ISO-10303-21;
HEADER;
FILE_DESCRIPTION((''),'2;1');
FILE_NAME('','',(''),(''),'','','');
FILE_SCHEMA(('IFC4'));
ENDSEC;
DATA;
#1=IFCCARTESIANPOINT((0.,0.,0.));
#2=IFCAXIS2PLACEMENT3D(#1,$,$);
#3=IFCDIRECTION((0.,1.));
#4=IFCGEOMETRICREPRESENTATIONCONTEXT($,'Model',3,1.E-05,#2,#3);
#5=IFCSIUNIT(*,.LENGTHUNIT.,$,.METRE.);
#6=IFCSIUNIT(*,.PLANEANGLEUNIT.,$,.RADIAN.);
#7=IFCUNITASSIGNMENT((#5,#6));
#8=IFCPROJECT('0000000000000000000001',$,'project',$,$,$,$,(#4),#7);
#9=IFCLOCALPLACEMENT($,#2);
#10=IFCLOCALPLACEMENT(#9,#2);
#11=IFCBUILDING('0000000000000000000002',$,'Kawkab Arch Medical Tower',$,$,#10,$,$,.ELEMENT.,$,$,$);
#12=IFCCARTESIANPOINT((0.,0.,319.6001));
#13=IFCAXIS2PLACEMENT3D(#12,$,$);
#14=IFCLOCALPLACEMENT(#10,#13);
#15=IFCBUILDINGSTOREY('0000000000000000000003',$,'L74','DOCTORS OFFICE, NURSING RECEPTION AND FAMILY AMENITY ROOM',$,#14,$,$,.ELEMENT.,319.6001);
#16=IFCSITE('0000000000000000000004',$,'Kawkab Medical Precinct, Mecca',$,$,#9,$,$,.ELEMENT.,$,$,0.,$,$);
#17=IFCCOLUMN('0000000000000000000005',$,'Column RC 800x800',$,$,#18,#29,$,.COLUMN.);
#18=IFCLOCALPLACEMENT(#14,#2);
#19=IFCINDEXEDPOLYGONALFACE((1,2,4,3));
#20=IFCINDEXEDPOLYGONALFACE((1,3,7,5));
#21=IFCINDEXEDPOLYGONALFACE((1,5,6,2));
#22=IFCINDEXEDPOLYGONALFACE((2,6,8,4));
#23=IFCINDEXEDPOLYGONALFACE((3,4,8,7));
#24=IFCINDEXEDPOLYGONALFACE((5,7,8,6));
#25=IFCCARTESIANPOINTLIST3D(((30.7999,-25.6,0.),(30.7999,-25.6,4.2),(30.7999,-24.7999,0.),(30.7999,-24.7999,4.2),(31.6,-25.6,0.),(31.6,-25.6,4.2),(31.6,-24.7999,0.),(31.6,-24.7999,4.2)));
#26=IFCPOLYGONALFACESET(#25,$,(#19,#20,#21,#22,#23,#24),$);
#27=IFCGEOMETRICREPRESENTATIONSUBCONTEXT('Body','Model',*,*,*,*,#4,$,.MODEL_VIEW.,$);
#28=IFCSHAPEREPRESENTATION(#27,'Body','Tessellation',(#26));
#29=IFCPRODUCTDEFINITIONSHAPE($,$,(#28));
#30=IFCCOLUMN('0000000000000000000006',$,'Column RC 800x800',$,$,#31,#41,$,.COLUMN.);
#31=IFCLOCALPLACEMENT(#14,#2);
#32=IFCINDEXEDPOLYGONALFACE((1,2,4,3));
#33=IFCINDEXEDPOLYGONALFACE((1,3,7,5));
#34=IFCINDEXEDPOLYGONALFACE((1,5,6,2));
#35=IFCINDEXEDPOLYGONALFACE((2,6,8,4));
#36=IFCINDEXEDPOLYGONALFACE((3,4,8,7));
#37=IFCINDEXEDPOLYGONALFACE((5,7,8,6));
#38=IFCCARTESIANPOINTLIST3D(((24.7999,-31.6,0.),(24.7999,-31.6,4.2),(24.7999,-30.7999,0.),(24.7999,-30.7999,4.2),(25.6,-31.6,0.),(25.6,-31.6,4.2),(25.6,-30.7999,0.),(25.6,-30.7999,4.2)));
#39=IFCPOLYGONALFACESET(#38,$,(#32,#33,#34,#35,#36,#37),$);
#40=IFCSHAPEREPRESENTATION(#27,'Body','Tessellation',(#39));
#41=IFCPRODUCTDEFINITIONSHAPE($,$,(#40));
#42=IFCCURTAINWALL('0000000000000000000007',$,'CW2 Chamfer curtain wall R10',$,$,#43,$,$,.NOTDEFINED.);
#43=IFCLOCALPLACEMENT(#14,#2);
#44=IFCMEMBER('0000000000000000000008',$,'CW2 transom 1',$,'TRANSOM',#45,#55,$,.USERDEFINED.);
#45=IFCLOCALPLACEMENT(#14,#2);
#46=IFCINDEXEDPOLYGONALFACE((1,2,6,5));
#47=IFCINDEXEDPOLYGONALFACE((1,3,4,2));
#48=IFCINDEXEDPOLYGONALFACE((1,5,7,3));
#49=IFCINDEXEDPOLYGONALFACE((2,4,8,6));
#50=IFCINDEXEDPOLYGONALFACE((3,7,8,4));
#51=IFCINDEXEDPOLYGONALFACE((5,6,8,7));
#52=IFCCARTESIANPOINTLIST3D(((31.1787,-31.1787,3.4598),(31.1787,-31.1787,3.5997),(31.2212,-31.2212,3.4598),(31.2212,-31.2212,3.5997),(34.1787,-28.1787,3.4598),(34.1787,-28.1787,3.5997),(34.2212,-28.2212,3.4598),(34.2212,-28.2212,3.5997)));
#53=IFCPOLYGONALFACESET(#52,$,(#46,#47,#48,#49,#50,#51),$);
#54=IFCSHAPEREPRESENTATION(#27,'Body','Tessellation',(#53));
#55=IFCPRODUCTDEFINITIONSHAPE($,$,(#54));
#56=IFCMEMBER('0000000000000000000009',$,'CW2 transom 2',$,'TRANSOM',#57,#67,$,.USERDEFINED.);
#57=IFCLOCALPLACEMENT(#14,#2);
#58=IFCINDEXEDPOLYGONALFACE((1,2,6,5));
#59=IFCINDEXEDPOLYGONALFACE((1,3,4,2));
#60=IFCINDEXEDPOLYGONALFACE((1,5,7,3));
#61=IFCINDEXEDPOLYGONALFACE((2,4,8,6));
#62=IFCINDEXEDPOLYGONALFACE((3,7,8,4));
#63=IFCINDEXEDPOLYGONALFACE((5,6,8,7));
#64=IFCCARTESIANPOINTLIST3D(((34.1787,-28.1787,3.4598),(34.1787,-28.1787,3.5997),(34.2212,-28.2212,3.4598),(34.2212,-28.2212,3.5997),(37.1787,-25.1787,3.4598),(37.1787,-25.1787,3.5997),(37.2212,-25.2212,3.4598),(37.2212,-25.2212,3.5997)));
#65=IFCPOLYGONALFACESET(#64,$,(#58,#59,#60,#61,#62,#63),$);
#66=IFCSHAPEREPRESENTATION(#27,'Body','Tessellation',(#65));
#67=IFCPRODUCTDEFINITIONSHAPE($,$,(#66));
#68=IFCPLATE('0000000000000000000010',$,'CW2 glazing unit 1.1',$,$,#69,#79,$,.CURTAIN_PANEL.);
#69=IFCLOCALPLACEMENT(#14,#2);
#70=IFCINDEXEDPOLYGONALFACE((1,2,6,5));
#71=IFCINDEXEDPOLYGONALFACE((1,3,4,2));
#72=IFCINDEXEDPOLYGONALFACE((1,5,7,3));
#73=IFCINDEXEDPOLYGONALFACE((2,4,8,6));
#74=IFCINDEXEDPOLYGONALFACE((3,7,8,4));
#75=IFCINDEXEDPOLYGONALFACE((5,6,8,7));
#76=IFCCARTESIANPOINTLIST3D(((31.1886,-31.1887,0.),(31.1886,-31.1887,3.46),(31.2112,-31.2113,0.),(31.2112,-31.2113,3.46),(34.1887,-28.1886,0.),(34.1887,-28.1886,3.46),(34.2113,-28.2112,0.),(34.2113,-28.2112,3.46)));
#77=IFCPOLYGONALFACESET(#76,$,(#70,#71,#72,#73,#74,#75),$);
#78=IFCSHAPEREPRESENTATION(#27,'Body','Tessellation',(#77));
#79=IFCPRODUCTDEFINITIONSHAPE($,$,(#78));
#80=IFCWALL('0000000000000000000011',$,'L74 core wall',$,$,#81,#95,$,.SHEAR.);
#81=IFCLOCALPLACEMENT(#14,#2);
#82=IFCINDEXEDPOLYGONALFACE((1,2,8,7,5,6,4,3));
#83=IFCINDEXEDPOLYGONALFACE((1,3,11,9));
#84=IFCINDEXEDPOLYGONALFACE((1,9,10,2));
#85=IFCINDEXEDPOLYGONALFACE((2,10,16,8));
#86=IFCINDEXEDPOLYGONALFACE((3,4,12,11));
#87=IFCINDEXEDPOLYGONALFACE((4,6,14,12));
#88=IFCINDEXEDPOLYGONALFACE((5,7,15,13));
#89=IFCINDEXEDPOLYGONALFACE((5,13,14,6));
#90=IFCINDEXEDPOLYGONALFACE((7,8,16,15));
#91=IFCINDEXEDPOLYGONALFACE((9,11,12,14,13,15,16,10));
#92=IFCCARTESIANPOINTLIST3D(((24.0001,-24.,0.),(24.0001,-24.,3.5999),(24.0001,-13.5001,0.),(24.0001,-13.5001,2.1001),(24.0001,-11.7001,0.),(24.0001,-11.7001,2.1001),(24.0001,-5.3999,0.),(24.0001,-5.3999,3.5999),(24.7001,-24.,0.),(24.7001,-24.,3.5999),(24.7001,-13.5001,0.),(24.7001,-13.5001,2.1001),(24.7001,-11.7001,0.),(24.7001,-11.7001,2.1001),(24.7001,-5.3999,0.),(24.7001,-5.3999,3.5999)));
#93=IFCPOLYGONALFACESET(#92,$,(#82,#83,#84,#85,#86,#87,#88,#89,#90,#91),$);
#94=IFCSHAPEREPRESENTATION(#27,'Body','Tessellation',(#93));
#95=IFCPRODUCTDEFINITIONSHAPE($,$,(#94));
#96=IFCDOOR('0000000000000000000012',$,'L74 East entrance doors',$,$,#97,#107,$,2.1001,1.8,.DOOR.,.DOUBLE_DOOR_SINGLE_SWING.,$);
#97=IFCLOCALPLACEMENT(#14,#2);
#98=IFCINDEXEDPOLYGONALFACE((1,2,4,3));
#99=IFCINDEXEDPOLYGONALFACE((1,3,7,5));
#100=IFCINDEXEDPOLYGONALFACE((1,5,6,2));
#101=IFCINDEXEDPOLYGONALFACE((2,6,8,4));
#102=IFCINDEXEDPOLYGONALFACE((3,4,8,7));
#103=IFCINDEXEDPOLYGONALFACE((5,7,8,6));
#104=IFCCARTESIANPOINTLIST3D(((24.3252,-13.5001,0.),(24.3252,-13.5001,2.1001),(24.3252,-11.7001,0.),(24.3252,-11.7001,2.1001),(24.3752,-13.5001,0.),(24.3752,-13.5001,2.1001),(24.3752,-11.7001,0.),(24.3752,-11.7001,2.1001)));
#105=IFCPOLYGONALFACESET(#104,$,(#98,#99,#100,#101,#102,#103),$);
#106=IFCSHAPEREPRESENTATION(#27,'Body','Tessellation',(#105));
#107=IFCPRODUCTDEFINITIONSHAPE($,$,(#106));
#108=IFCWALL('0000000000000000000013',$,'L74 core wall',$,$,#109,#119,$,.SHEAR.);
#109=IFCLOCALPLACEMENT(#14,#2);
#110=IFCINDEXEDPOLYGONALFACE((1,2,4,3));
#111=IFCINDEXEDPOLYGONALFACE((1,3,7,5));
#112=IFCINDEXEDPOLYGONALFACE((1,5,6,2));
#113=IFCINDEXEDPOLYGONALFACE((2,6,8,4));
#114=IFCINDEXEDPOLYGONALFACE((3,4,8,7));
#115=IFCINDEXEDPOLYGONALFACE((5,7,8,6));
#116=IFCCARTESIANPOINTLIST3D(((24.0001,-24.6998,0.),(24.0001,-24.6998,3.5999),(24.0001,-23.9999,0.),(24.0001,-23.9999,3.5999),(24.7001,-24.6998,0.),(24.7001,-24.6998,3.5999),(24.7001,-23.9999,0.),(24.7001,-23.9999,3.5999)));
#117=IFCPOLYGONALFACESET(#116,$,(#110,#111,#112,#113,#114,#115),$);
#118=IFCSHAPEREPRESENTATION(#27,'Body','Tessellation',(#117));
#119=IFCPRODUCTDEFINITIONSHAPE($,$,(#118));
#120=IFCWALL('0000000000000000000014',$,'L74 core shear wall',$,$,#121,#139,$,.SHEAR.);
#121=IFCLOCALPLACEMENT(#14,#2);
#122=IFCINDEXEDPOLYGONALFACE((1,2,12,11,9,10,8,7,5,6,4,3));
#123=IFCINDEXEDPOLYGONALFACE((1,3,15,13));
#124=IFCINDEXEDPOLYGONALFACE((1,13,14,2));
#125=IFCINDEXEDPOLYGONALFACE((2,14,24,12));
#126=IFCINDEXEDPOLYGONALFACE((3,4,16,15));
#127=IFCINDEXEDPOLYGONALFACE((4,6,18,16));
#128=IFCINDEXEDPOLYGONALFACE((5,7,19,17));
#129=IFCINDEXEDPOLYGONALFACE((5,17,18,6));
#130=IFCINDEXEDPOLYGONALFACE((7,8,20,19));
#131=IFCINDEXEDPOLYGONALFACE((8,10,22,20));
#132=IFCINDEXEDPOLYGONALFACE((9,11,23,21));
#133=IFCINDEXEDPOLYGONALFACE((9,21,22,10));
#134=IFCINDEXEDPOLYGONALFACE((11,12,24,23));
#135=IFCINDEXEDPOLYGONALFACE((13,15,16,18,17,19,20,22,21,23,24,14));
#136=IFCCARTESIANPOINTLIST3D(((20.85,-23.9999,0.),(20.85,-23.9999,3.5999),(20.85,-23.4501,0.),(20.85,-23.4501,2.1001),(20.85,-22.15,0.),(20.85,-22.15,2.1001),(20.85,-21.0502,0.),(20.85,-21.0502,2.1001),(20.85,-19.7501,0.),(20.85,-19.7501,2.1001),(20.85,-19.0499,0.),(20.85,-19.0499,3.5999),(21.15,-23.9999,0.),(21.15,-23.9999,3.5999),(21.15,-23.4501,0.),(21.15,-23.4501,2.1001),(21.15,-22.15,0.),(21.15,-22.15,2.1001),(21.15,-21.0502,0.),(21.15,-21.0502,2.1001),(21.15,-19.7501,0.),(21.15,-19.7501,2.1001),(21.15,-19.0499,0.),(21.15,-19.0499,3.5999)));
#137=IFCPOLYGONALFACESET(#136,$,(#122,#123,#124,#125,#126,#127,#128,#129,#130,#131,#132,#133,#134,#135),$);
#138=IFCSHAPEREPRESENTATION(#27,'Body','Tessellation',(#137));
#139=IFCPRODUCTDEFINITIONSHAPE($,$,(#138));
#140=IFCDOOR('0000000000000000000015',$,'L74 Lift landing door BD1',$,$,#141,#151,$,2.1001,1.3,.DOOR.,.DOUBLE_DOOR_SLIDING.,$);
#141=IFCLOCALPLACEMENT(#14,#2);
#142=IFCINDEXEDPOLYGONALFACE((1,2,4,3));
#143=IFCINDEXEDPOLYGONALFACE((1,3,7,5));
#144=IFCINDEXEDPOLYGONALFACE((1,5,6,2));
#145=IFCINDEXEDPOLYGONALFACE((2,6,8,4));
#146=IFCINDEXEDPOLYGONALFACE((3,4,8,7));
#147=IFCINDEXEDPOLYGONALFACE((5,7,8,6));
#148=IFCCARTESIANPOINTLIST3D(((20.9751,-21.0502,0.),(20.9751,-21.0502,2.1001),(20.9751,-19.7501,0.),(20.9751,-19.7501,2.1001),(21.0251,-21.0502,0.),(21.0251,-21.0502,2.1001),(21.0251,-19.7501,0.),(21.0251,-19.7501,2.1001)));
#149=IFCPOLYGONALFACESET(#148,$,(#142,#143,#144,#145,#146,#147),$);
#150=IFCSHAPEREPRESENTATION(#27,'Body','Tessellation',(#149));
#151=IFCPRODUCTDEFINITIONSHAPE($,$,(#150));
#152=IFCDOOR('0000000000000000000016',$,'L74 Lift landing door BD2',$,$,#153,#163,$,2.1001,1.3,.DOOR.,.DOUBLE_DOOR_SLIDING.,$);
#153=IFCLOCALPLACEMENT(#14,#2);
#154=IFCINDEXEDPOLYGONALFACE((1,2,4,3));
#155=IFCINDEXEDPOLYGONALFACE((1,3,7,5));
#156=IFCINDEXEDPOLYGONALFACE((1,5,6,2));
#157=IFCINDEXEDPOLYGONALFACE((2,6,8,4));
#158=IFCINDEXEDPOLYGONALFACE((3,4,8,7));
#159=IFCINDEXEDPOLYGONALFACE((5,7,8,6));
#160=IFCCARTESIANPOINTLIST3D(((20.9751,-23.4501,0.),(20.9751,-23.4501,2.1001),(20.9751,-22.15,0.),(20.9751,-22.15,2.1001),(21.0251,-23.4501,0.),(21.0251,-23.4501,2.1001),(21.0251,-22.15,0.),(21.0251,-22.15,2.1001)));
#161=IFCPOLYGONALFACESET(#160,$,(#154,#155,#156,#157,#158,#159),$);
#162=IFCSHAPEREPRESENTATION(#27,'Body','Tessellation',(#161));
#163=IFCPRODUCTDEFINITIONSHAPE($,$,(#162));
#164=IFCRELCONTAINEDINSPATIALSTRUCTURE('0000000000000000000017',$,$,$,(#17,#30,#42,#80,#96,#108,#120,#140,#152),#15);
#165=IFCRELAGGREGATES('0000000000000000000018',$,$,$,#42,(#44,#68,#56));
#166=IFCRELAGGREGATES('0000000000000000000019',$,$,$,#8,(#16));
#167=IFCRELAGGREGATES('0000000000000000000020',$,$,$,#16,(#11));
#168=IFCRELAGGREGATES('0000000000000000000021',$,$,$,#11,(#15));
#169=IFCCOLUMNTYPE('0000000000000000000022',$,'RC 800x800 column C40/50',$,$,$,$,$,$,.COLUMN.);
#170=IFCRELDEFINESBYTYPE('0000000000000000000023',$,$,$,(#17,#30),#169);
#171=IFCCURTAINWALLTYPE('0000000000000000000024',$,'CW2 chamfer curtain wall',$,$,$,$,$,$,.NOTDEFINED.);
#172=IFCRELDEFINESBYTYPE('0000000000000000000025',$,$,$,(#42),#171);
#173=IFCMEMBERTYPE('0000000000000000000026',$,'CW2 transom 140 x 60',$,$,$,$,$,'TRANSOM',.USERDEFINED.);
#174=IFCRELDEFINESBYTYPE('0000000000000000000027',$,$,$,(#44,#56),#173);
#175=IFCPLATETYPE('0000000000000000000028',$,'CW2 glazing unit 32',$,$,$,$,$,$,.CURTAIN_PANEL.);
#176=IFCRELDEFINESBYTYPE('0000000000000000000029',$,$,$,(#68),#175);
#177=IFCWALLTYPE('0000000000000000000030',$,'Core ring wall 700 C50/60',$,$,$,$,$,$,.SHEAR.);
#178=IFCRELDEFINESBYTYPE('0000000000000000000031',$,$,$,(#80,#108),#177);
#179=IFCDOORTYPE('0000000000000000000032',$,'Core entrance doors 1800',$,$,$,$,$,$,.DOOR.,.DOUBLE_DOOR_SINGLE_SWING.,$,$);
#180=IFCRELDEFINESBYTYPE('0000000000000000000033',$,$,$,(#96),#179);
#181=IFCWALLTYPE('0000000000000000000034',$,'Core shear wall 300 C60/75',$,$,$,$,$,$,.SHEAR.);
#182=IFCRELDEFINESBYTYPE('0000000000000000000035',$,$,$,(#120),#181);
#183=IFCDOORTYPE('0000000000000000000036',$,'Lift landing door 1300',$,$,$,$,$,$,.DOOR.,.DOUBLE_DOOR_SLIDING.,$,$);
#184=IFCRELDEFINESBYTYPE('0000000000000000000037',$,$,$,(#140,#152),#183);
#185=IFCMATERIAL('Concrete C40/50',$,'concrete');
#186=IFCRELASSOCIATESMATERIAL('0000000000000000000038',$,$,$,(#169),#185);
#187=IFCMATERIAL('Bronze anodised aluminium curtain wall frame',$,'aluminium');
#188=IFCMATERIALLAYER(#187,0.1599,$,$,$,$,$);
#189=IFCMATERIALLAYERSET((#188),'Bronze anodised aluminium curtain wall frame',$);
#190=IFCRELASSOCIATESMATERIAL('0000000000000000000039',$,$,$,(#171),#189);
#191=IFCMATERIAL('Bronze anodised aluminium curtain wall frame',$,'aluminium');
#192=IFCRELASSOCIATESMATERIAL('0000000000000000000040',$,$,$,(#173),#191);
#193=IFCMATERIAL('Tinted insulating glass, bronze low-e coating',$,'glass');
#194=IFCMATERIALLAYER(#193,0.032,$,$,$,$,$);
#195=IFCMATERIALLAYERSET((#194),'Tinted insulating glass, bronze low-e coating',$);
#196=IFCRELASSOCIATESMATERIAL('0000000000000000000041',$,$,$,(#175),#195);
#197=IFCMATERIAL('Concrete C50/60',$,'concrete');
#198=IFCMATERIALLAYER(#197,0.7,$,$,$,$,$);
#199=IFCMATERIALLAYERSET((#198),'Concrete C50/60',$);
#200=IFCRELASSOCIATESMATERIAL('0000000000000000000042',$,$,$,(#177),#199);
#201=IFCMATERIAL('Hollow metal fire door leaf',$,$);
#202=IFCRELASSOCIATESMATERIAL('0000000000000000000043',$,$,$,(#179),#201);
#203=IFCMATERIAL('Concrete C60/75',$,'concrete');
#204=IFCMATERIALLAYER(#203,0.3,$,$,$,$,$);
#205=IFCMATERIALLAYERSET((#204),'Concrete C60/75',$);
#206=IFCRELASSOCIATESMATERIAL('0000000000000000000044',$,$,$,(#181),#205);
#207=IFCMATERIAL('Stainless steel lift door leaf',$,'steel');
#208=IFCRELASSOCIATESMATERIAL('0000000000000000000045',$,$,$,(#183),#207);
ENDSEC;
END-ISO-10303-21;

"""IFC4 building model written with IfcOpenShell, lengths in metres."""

from ifc_helpers import new_model, si_unit, direction, frame, frame_2d, origin, origin_2d, place, context, subcontext, project, spatial, rectangle, extrude, material, layer, layer_set, material_profile, profile_set, type_object, element, fill, aggregate, save


model = new_model("IFC4")

# Units and contexts
model_context = context("Model", 3, precision=1e-05, world=origin(), true_north=direction((0.0, 1.0)))
body_context = subcontext(model_context, "Body", "Model", "MODEL_VIEW")
ifc_project = project(units=[si_unit("LENGTHUNIT", "METRE"), si_unit("PLANEANGLEUNIT", "RADIAN")], contexts=[model_context])

# Site, building, storey
site_placement = place(None, origin())
site = spatial("IfcSite", under=ifc_project, at=site_placement, Name="Kawkab Medical Precinct, Mecca", CompositionType="ELEMENT", RefElevation=0.0)
building_placement = place(site_placement, origin())
building = spatial("IfcBuilding", under=site, at=building_placement, Name="Kawkab Arch Medical Tower", CompositionType="ELEMENT")
storey_placement = place(building_placement, frame((0.0, 0.0, 319.6001)))
storey = spatial("IfcBuildingStorey", under=building, at=storey_placement, Name="L74", Description="DOCTORS OFFICE, NURSING RECEPTION AND FAMILY AMENITY ROOM", CompositionType="ELEMENT", Elevation=319.6001)

# Columns
ifc_material_1 = material(Name="Concrete C40/50", Category="concrete")
ifc_material_profile_1 = material_profile(ifc_material_1, rectangle(XDim=0.8, YDim=0.8, at=origin_2d()), Name="RC 800x800")
ifc_profile_set_1 = profile_set([ifc_material_profile_1], Name="Concrete C40/50")
column_type = type_object("IfcColumnType", Name="RC 800x800 column C40/50", PredefinedType="COLUMN", material=ifc_profile_set_1)
for number, where, z_axis, x_axis, name in (
    (1, (31.2, -25.2, 0.0), (0.0, 0.0, 1.0), (1.0, 0.0, 0.0), "Column RC 800x800"),
    (2, (25.2, -31.2, 0.0), (0.0, 0.0, 1.0), (1.0, 0.0, 0.0), "Column RC 800x800"),
):
    element("IfcColumn", number, at=place(storey_placement, frame(where, z_axis=z_axis, x_axis=x_axis)), inside=storey, type_object=column_type, Name=name, PredefinedType="COLUMN", context=body_context, shape_type="SweptSolid", body=[
        extrude(rectangle(XDim=0.8, YDim=0.8, at=origin_2d()), origin(), (0.0, 0.0, 1.0), 4.2),
    ])

# Curtain wall, members, plate
ifc_material_2 = material(Name="Bronze anodised aluminium curtain wall frame", Category="aluminium")
ifc_layer_1 = layer(ifc_material_2, 0.1599)
ifc_layer_set_1 = layer_set([ifc_layer_1], Name="Bronze anodised aluminium curtain wall frame")
curtain_wall_type = type_object("IfcCurtainWallType", Name="CW2 chamfer curtain wall", PredefinedType="NOTDEFINED", material=ifc_layer_set_1)
curtain_wall_placement = place(storey_placement, origin())
curtain_wall = element("IfcCurtainWall", 3, at=curtain_wall_placement, inside=storey, type_object=curtain_wall_type, Name="CW2 Chamfer curtain wall R10", PredefinedType="NOTDEFINED")
ifc_material_3 = material(Name="Bronze anodised aluminium curtain wall frame", Category="aluminium")
ifc_material_profile_2 = material_profile(ifc_material_3, rectangle(XDim=0.0601, YDim=0.1399, at=origin_2d()), Name="AL 60x140")
ifc_profile_set_2 = profile_set([ifc_material_profile_2], Name="Bronze anodised aluminium curtain wall frame")
member_type = type_object("IfcMemberType", Name="CW2 transom 140 x 60", ElementType="TRANSOM", PredefinedType="USERDEFINED", material=ifc_profile_set_2)
member_1_placement = place(storey_placement, frame((31.2, -31.2, 3.5298), z_axis=(0.707107, 0.707107, 0.0), x_axis=(-0.707107, 0.707107, 0.0)))
member_1 = element("IfcMember", 4, at=member_1_placement, type_object=member_type, Name="CW2 transom 1", ObjectType="TRANSOM", PredefinedType="USERDEFINED", context=body_context, shape_type="SweptSolid", body=[
    extrude(rectangle(XDim=0.0601, YDim=0.1399, at=origin_2d()), origin(), (0.0, 0.0, 1.0), 4.2427),
])
member_2_placement = place(storey_placement, frame((34.2, -28.2, 3.5298), z_axis=(0.707107, 0.707107, 0.0), x_axis=(-0.707107, 0.707107, 0.0)))
member_2 = element("IfcMember", 5, at=member_2_placement, type_object=member_type, Name="CW2 transom 2", ObjectType="TRANSOM", PredefinedType="USERDEFINED", context=body_context, shape_type="SweptSolid", body=[
    extrude(rectangle(XDim=0.0601, YDim=0.1399, at=origin_2d()), origin(), (0.0, 0.0, 1.0), 4.2427),
])
ifc_material_4 = material(Name="Tinted insulating glass, bronze low-e coating", Category="glass")
ifc_layer_2 = layer(ifc_material_4, 0.032)
ifc_layer_set_2 = layer_set([ifc_layer_2], Name="Tinted insulating glass, bronze low-e coating")
plate_type = type_object("IfcPlateType", Name="CW2 glazing unit 32", PredefinedType="CURTAIN_PANEL", material=ifc_layer_set_2)
plate_placement = place(storey_placement, frame((32.7, -29.7, 0.0), z_axis=(0.0, 0.0, 1.0), x_axis=(0.707107, 0.707107, 0.0)))
plate = element("IfcPlate", 6, at=plate_placement, type_object=plate_type, Name="CW2 glazing unit 1.1", PredefinedType="CURTAIN_PANEL", context=body_context, shape_type="SweptSolid", body=[
    extrude(rectangle(XDim=4.2427, YDim=0.032, at=origin_2d()), origin(), (0.0, 0.0, 1.0), 3.46),
])
aggregate(curtain_wall, [member_1, plate, member_2])

# Wall, opening, door
ifc_material_5 = material(Name="Concrete C50/60", Category="concrete")
ifc_layer_3 = layer(ifc_material_5, 0.7)
ifc_layer_set_3 = layer_set([ifc_layer_3], Name="Concrete C50/60")
wall_type_1 = type_object("IfcWallType", Name="Core ring wall 700 C50/60", PredefinedType="SHEAR", material=ifc_layer_set_3)
wall_1_placement = place(storey_placement, frame((24.3501, -24.0, 0.0), z_axis=(0.0, 0.0, 1.0), x_axis=(0.0, 1.0, 0.0)))
wall_1 = element("IfcWall", 7, at=wall_1_placement, inside=storey, type_object=wall_type_1, Name="L74 core wall", PredefinedType="SHEAR", context=body_context, shape_type="SweptSolid", body=[
    extrude(rectangle(XDim=18.6001, YDim=0.7, at=frame_2d((9.3, 0.0))), origin(), (0.0, 0.0, 1.0), 3.5999),
])
opening_1_placement = place(wall_1_placement, frame((10.5, 0.0, 0.0)))
opening_1 = element("IfcOpeningElement", 8, at=opening_1_placement, cuts=wall_1, PredefinedType="OPENING", context=body_context, shape_type="SweptSolid", body=[
    extrude(rectangle(XDim=1.8, YDim=2.1001, at=frame_2d((0.8999, 1.05))), frame((0.0, 0.3599, 0.0), z_axis=(0.0, -1.0, 0.0), x_axis=(1.0, 0.0, 0.0)), (0.0, 0.0, 1.0), 0.72),
])
ifc_material_6 = material(Name="Hollow metal fire door leaf")
door_type_1 = type_object("IfcDoorType", Name="Core entrance doors 1800", OperationType="DOUBLE_DOOR_SINGLE_SWING", PredefinedType="DOOR", material=ifc_material_6)
door_1_placement = place(opening_1_placement, origin())
door_1 = element("IfcDoor", 9, at=door_1_placement, inside=storey, type_object=door_type_1, Name="L74 East entrance doors", OperationType="DOUBLE_DOOR_SINGLE_SWING", OverallHeight=2.1001, OverallWidth=1.8, PredefinedType="DOOR", context=body_context, shape_type="SweptSolid", body=[
    extrude(rectangle(XDim=1.8, YDim=2.1001, at=frame_2d((0.8999, 1.05))), frame((0.0, 0.0249, 0.0), z_axis=(0.0, -1.0, 0.0), x_axis=(1.0, 0.0, 0.0)), (0.0, 0.0, 1.0), 0.05),
])
fill(opening_1, door_1)

# Wall
wall_2_placement = place(storey_placement, frame((24.3501, -24.7, 0.0), z_axis=(0.0, 0.0, 1.0), x_axis=(0.0, 1.0, 0.0)))
element("IfcWall", 10, at=wall_2_placement, inside=storey, type_object=wall_type_1, Name="L74 core wall", PredefinedType="SHEAR", context=body_context, shape_type="SweptSolid", body=[
    extrude(rectangle(XDim=0.7, YDim=0.7, at=frame_2d((0.3501, 0.0))), origin(), (0.0, 0.0, 1.0), 3.5999),
])

# Wall, openings, doors
ifc_material_7 = material(Name="Concrete C60/75", Category="concrete")
ifc_layer_4 = layer(ifc_material_7, 0.3)
ifc_layer_set_4 = layer_set([ifc_layer_4], Name="Concrete C60/75")
wall_type_2 = type_object("IfcWallType", Name="Core shear wall 300 C60/75", PredefinedType="SHEAR", material=ifc_layer_set_4)
wall_3_placement = place(storey_placement, frame((21.0, -24.0, 0.0), z_axis=(0.0, 0.0, 1.0), x_axis=(0.0, 1.0, 0.0)))
wall_3 = element("IfcWall", 11, at=wall_3_placement, inside=storey, type_object=wall_type_2, Name="L74 core shear wall", PredefinedType="SHEAR", context=body_context, shape_type="SweptSolid", body=[
    extrude(rectangle(XDim=4.95, YDim=0.3, at=frame_2d((2.4751, 0.0))), origin(), (0.0, 0.0, 1.0), 3.5999),
])
opening_2_placement = place(wall_3_placement, frame((2.95, 0.0, 0.0)))
opening_2 = element("IfcOpeningElement", 12, at=opening_2_placement, cuts=wall_3, PredefinedType="OPENING", context=body_context, shape_type="SweptSolid", body=[
    extrude(rectangle(XDim=1.3, YDim=2.1001, at=frame_2d((0.6499, 1.05))), frame((0.0, 0.1599, 0.0), z_axis=(0.0, -1.0, 0.0), x_axis=(1.0, 0.0, 0.0)), (0.0, 0.0, 1.0), 0.3201),
])
opening_3_placement = place(wall_3_placement, frame((0.55, 0.0, 0.0)))
opening_3 = element("IfcOpeningElement", 13, at=opening_3_placement, cuts=wall_3, PredefinedType="OPENING", context=body_context, shape_type="SweptSolid", body=[
    extrude(rectangle(XDim=1.3, YDim=2.1001, at=frame_2d((0.6499, 1.05))), frame((0.0, 0.1599, 0.0), z_axis=(0.0, -1.0, 0.0), x_axis=(1.0, 0.0, 0.0)), (0.0, 0.0, 1.0), 0.3201),
])
ifc_material_8 = material(Name="Stainless steel lift door leaf", Category="steel")
door_type_2 = type_object("IfcDoorType", Name="Lift landing door 1300", OperationType="DOUBLE_DOOR_SLIDING", PredefinedType="DOOR", material=ifc_material_8)
door_2_placement = place(opening_2_placement, origin())
door_2 = element("IfcDoor", 14, at=door_2_placement, inside=storey, type_object=door_type_2, Name="L74 Lift landing door BD1", OperationType="DOUBLE_DOOR_SLIDING", OverallHeight=2.1001, OverallWidth=1.3, PredefinedType="DOOR", context=body_context, shape_type="SweptSolid", body=[
    extrude(rectangle(XDim=1.3, YDim=2.1001, at=frame_2d((0.6499, 1.05))), frame((0.0, 0.0249, 0.0), z_axis=(0.0, -1.0, 0.0), x_axis=(1.0, 0.0, 0.0)), (0.0, 0.0, 1.0), 0.05),
])
fill(opening_2, door_2)
door_3_placement = place(opening_3_placement, origin())
door_3 = element("IfcDoor", 15, at=door_3_placement, inside=storey, type_object=door_type_2, Name="L74 Lift landing door BD2", OperationType="DOUBLE_DOOR_SLIDING", OverallHeight=2.1001, OverallWidth=1.3, PredefinedType="DOOR", context=body_context, shape_type="SweptSolid", body=[
    extrude(rectangle(XDim=1.3, YDim=2.1001, at=frame_2d((0.6499, 1.05))), frame((0.0, 0.0249, 0.0), z_axis=(0.0, -1.0, 0.0), x_axis=(1.0, 0.0, 0.0)), (0.0, 0.0, 1.0), 0.05),
])
fill(opening_3, door_3)

save(model, "model.ifc")
